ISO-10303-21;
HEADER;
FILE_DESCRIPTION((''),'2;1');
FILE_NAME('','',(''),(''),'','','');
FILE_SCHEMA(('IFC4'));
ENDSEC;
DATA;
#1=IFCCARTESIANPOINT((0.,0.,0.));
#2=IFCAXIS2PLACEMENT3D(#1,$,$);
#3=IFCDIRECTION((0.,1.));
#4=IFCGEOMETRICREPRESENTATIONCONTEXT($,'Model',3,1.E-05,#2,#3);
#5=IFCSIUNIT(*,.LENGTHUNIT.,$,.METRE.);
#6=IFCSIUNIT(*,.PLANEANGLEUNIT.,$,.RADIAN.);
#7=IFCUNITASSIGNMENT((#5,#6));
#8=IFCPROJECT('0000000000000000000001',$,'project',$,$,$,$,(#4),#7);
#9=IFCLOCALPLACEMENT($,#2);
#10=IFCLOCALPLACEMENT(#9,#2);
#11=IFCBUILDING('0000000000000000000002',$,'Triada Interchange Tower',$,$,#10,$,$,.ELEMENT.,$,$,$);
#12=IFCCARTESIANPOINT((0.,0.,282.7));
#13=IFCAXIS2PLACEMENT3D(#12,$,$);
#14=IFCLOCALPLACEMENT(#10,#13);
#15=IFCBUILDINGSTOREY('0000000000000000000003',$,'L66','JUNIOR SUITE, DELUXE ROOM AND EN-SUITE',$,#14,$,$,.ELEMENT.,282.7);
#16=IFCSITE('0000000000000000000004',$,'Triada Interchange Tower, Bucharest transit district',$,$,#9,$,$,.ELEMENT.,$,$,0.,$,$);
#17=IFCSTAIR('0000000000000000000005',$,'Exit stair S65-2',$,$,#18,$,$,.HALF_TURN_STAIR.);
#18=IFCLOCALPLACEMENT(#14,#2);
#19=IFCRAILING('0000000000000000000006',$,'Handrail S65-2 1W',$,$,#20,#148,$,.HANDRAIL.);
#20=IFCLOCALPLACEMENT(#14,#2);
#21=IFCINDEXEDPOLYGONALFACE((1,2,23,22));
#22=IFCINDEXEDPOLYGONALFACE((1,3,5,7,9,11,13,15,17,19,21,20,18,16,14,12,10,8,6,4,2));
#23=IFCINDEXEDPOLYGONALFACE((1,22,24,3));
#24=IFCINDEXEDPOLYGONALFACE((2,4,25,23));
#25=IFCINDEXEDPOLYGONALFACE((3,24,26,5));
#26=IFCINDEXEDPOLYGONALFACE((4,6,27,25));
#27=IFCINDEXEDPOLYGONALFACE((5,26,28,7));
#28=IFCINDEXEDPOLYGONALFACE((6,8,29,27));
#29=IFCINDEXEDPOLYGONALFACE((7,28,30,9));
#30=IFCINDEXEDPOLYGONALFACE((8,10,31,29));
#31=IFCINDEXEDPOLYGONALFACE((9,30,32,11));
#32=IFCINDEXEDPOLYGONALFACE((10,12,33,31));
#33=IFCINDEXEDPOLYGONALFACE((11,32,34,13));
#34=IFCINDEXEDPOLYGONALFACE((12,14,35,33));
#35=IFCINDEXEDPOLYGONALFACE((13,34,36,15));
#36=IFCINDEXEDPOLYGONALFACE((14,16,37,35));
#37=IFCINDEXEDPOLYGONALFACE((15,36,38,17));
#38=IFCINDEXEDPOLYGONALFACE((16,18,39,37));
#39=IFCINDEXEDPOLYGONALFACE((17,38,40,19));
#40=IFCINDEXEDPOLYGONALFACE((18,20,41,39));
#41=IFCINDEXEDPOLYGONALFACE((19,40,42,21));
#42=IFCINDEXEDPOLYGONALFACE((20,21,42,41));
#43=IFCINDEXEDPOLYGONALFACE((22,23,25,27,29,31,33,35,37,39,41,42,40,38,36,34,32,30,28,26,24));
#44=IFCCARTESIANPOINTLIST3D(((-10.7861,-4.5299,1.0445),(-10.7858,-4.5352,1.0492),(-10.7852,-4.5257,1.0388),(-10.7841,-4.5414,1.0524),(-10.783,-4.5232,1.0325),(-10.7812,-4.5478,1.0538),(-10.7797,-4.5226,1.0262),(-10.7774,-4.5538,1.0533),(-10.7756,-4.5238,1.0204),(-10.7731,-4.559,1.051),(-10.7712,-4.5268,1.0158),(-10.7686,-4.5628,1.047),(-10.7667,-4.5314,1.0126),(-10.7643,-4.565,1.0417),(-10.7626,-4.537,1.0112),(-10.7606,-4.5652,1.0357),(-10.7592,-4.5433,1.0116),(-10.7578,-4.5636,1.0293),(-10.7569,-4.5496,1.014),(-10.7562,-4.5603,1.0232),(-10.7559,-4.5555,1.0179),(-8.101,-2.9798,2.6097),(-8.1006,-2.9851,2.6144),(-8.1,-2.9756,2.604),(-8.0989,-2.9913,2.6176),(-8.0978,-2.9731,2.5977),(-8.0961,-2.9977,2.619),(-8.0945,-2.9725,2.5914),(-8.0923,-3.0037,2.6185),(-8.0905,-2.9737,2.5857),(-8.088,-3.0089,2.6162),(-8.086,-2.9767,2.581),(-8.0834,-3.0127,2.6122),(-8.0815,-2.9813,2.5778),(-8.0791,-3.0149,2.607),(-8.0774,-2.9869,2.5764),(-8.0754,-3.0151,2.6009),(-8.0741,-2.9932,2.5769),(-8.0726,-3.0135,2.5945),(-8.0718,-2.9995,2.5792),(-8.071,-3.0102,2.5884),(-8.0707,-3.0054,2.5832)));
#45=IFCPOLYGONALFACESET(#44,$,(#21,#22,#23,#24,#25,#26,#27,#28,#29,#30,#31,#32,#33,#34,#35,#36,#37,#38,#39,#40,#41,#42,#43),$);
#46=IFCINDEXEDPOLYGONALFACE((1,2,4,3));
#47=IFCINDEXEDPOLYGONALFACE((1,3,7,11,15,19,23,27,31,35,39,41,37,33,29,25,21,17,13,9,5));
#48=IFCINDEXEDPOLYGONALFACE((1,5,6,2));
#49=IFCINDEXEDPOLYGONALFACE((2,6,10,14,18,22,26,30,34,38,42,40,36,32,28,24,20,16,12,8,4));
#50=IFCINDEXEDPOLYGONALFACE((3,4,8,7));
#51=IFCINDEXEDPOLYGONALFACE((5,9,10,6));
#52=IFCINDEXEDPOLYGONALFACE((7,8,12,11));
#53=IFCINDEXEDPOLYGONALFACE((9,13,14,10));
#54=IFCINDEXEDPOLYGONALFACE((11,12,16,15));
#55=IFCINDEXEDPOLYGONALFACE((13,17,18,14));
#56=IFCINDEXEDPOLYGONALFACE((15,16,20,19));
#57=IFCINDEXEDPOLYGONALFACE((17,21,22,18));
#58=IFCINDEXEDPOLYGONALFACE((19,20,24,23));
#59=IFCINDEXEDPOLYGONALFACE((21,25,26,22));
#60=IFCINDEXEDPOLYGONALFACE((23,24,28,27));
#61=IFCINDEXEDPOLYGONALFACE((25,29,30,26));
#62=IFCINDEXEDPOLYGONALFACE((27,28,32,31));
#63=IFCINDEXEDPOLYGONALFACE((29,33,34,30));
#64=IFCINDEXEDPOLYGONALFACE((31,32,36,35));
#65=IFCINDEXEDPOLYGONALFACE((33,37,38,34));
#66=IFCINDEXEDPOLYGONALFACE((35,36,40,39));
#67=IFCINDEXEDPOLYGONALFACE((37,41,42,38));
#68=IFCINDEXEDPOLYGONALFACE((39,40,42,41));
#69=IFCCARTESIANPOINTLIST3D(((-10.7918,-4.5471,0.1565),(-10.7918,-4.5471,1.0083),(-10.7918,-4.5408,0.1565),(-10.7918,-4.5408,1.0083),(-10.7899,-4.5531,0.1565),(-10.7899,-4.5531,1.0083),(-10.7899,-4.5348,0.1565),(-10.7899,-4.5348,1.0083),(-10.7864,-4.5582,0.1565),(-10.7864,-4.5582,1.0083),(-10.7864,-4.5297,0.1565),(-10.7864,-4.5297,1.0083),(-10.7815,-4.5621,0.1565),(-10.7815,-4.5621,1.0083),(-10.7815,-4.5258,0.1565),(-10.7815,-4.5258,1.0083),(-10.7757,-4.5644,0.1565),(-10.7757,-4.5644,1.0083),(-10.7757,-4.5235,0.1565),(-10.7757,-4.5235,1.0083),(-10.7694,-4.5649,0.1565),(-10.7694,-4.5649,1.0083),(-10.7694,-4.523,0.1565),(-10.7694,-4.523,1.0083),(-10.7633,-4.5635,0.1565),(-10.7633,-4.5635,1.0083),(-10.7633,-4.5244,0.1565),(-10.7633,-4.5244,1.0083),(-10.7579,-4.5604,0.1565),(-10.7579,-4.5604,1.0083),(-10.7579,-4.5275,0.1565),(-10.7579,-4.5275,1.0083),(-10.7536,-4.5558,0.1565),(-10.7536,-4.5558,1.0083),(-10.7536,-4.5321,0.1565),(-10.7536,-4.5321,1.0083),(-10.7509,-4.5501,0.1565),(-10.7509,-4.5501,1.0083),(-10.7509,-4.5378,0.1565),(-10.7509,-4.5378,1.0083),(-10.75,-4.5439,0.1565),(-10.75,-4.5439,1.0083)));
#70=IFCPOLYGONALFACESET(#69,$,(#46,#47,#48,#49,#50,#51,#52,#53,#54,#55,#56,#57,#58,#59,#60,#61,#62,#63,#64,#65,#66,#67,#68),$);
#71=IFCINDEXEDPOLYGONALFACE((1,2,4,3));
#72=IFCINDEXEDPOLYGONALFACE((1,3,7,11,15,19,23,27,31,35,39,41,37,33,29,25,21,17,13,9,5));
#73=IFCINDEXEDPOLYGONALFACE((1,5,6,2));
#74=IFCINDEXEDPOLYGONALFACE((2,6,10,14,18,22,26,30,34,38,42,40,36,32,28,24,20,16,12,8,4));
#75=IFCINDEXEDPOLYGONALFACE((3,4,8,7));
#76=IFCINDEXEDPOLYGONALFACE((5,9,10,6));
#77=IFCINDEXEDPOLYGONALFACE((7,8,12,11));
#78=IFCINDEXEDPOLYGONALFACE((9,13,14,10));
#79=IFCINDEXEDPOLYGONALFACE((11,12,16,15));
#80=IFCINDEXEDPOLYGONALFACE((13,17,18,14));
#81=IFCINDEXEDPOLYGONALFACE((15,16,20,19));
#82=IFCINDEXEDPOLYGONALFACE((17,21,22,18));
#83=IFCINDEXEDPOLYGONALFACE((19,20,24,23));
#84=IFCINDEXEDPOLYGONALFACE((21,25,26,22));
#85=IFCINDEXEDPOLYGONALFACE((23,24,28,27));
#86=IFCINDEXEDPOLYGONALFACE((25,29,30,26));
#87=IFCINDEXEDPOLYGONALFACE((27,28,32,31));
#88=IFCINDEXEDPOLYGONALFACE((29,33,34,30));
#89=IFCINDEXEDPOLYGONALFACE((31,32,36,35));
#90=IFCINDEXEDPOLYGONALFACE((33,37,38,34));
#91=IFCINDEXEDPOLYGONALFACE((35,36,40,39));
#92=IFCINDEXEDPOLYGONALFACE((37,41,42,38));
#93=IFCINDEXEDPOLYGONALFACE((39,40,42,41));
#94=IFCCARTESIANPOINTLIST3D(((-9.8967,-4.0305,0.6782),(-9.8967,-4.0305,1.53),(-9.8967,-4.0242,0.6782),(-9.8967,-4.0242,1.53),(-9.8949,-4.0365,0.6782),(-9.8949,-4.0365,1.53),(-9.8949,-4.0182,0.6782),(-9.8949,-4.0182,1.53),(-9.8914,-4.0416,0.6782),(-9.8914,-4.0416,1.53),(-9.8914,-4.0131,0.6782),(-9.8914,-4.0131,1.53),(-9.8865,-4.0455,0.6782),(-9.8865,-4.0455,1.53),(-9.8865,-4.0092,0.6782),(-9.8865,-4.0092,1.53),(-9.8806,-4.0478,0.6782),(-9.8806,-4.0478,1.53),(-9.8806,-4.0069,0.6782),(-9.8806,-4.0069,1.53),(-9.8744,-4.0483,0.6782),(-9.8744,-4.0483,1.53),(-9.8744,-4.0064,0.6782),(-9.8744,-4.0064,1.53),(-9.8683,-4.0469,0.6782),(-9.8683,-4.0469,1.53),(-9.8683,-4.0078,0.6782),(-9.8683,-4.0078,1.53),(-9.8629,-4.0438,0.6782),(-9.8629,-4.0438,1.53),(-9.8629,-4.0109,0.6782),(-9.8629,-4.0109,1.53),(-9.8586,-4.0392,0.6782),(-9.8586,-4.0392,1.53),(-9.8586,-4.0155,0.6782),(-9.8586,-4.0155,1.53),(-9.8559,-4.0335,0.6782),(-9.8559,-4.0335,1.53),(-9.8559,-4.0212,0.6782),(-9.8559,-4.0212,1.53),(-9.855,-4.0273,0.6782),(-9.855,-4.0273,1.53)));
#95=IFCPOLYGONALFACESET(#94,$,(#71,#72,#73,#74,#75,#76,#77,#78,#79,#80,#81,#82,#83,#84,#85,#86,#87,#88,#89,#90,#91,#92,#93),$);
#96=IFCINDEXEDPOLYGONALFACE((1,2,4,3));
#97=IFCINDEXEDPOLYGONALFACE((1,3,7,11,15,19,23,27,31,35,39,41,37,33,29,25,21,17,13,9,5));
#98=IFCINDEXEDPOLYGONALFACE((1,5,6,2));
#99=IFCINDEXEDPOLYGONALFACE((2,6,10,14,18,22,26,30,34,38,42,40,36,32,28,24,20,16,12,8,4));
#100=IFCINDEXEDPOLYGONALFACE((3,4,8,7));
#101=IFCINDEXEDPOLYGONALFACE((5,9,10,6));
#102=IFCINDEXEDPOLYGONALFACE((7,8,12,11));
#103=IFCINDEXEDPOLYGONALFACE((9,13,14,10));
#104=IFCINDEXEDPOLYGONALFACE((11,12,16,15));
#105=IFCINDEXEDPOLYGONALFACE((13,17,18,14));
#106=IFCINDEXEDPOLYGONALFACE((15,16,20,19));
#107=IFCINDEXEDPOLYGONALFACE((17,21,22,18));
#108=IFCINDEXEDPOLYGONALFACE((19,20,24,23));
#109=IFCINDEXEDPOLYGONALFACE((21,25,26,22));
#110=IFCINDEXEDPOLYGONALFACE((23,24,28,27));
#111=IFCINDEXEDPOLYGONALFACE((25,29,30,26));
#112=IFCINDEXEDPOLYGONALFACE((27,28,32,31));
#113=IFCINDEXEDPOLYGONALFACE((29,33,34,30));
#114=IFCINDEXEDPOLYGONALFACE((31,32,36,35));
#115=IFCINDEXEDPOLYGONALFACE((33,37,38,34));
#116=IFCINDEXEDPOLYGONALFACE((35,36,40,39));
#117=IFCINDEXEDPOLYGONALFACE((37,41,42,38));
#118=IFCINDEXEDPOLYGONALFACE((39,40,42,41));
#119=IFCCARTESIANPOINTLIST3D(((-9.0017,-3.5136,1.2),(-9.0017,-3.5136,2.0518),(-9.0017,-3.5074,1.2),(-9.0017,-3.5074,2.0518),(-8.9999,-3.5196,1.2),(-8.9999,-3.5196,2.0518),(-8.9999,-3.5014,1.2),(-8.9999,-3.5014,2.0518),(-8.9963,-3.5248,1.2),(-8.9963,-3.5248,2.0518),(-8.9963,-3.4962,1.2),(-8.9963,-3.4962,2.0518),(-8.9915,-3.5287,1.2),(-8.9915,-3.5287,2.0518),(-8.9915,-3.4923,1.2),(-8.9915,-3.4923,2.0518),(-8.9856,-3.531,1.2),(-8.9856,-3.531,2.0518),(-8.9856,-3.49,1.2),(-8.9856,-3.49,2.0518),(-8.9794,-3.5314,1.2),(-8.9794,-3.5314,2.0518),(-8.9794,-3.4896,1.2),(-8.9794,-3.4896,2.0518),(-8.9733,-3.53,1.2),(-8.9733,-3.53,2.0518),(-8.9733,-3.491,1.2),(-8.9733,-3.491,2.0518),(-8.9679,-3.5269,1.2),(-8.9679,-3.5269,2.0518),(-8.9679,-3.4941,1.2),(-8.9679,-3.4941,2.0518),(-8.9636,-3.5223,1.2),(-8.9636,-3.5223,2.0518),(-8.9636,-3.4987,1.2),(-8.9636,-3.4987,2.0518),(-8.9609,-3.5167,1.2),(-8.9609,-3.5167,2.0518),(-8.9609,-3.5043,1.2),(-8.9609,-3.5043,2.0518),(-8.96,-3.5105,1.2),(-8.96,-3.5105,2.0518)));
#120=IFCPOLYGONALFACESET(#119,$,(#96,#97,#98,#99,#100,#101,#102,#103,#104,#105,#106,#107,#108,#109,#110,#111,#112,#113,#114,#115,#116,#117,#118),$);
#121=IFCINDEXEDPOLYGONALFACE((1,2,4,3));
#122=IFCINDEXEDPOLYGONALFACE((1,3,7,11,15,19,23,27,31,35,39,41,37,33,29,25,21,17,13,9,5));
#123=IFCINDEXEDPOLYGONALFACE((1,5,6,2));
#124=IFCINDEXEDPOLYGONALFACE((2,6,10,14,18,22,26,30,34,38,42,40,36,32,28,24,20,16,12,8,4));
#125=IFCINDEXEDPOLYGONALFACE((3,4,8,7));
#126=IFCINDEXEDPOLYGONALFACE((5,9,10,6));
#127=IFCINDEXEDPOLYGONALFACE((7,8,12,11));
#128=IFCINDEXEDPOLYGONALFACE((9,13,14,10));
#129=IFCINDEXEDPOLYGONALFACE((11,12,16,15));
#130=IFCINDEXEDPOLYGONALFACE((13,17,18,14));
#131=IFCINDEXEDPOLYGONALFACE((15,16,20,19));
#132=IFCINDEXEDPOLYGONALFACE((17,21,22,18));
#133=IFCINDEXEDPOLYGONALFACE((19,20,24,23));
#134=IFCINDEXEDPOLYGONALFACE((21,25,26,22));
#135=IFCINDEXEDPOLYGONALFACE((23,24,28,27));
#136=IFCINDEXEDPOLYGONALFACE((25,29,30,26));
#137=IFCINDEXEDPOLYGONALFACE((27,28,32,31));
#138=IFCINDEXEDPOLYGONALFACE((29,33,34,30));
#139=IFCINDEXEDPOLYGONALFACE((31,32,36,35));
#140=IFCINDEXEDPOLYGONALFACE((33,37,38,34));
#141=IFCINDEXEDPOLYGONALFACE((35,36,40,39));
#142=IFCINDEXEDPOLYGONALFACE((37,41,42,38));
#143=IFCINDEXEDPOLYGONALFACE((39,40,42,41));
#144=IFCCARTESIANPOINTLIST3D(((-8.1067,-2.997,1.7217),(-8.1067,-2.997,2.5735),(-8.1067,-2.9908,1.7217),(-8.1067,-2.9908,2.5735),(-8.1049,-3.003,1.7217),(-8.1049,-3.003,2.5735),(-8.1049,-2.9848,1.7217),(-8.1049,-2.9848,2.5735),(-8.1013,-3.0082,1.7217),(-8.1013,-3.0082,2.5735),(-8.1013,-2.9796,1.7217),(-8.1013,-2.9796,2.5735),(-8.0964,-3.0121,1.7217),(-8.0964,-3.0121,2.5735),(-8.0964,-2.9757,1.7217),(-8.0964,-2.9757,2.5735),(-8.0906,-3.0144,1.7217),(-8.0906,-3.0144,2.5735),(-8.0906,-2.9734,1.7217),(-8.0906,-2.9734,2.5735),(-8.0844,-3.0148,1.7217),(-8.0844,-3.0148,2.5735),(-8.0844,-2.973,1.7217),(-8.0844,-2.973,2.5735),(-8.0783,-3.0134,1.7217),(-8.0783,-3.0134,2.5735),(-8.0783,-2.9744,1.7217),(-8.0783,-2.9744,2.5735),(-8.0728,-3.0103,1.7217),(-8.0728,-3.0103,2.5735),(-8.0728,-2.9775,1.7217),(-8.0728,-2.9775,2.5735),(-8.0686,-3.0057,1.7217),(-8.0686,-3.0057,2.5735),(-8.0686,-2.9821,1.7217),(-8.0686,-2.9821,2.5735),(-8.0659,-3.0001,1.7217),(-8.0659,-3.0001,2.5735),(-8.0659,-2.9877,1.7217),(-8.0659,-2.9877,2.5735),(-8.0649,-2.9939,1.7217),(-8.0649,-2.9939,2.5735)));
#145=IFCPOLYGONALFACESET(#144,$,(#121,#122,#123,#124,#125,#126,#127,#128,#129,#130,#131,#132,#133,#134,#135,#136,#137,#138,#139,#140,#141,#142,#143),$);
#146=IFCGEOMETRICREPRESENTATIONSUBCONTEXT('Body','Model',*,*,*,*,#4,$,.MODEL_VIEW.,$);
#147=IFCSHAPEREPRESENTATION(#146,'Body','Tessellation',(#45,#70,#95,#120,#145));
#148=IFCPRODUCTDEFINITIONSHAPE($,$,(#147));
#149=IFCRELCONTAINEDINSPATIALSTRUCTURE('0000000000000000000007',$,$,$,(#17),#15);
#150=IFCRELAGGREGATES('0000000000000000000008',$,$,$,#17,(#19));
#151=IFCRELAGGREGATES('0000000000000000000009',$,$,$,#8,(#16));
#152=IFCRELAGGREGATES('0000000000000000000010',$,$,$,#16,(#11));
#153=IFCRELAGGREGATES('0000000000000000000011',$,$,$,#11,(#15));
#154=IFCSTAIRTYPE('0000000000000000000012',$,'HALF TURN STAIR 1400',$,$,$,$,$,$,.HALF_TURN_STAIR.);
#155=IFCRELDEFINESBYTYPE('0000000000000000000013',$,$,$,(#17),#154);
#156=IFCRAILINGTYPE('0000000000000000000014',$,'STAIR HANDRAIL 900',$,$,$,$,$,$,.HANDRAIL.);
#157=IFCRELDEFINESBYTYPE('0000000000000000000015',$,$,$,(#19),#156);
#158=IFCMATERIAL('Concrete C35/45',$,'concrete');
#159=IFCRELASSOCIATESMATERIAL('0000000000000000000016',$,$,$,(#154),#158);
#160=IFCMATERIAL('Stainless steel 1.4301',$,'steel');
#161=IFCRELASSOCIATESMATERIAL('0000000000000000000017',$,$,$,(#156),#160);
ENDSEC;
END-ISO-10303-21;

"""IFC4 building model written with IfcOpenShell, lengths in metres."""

from ifc_helpers import new_model, si_unit, direction, frame, origin, origin_2d, place, context, subcontext, project, spatial, circle, extrude, material, type_object, element, aggregate, save


model = new_model("IFC4")

# Units and contexts
model_context = context("Model", 3, precision=1e-05, world=origin(), true_north=direction((0.0, 1.0)))
body_context = subcontext(model_context, "Body", "Model", "MODEL_VIEW")
ifc_project = project(units=[si_unit("LENGTHUNIT", "METRE"), si_unit("PLANEANGLEUNIT", "RADIAN")], contexts=[model_context])

# Site, building, storey
site_placement = place(None, origin())
site = spatial("IfcSite", under=ifc_project, at=site_placement, Name="Triada Interchange Tower, Bucharest transit district", CompositionType="ELEMENT", RefElevation=0.0)
building_placement = place(site_placement, origin())
building = spatial("IfcBuilding", under=site, at=building_placement, Name="Triada Interchange Tower", CompositionType="ELEMENT")
storey_placement = place(building_placement, frame((0.0, 0.0, 282.7)))
storey = spatial("IfcBuildingStorey", under=building, at=storey_placement, Name="L66", Description="JUNIOR SUITE, DELUXE ROOM AND EN-SUITE", CompositionType="ELEMENT", Elevation=282.7)

# Stair
ifc_material_1 = material(Name="Concrete C35/45", Category="concrete")
stair_type = type_object("IfcStairType", Name="HALF TURN STAIR 1400", PredefinedType="HALF_TURN_STAIR", material=ifc_material_1)
stair_placement = place(storey_placement, origin())
stair = element("IfcStair", 1, at=stair_placement, inside=storey, type_object=stair_type, Name="Exit stair S65-2", PredefinedType="HALF_TURN_STAIR")

# Railing
ifc_material_2 = material(Name="Stainless steel 1.4301", Category="steel")
railing_type = type_object("IfcRailingType", Name="STAIR HANDRAIL 900", PredefinedType="HANDRAIL", material=ifc_material_2)
railing_1_placement = place(storey_placement, frame((-10.771, -4.5439, 0.1565)))
railing_1 = element("IfcRailing", 2, at=railing_1_placement, type_object=railing_type, Name="Handrail S65-2 1W", PredefinedType="HANDRAIL", context=body_context, shape_type="SweptSolid", body=[
    extrude(circle(Radius=0.0239, at=origin_2d()), frame((0.0, 0.0, 0.876), z_axis=(0.773115, 0.446309, 0.450667), x_axis=(-0.499959, 0.866049, 0.0)), (0.0, 0.0, 1.0), 3.4731),
    extrude(circle(Radius=0.021, at=origin_2d()), origin(), (0.0, 0.0, 1.0), 0.8518),
    extrude(circle(Radius=0.021, at=origin_2d()), frame((0.895, 0.5166, 0.5217)), (0.0, 0.0, 1.0), 0.8518),
    extrude(circle(Radius=0.021, at=origin_2d()), frame((1.79, 1.0334, 1.0435)), (0.0, 0.0, 1.0), 0.8518),
    extrude(circle(Radius=0.021, at=origin_2d()), frame((2.6851, 1.55, 1.5652)), (0.0, 0.0, 1.0), 0.8518),
])
aggregate(stair, [railing_1])

save(model, "model.ifc")
